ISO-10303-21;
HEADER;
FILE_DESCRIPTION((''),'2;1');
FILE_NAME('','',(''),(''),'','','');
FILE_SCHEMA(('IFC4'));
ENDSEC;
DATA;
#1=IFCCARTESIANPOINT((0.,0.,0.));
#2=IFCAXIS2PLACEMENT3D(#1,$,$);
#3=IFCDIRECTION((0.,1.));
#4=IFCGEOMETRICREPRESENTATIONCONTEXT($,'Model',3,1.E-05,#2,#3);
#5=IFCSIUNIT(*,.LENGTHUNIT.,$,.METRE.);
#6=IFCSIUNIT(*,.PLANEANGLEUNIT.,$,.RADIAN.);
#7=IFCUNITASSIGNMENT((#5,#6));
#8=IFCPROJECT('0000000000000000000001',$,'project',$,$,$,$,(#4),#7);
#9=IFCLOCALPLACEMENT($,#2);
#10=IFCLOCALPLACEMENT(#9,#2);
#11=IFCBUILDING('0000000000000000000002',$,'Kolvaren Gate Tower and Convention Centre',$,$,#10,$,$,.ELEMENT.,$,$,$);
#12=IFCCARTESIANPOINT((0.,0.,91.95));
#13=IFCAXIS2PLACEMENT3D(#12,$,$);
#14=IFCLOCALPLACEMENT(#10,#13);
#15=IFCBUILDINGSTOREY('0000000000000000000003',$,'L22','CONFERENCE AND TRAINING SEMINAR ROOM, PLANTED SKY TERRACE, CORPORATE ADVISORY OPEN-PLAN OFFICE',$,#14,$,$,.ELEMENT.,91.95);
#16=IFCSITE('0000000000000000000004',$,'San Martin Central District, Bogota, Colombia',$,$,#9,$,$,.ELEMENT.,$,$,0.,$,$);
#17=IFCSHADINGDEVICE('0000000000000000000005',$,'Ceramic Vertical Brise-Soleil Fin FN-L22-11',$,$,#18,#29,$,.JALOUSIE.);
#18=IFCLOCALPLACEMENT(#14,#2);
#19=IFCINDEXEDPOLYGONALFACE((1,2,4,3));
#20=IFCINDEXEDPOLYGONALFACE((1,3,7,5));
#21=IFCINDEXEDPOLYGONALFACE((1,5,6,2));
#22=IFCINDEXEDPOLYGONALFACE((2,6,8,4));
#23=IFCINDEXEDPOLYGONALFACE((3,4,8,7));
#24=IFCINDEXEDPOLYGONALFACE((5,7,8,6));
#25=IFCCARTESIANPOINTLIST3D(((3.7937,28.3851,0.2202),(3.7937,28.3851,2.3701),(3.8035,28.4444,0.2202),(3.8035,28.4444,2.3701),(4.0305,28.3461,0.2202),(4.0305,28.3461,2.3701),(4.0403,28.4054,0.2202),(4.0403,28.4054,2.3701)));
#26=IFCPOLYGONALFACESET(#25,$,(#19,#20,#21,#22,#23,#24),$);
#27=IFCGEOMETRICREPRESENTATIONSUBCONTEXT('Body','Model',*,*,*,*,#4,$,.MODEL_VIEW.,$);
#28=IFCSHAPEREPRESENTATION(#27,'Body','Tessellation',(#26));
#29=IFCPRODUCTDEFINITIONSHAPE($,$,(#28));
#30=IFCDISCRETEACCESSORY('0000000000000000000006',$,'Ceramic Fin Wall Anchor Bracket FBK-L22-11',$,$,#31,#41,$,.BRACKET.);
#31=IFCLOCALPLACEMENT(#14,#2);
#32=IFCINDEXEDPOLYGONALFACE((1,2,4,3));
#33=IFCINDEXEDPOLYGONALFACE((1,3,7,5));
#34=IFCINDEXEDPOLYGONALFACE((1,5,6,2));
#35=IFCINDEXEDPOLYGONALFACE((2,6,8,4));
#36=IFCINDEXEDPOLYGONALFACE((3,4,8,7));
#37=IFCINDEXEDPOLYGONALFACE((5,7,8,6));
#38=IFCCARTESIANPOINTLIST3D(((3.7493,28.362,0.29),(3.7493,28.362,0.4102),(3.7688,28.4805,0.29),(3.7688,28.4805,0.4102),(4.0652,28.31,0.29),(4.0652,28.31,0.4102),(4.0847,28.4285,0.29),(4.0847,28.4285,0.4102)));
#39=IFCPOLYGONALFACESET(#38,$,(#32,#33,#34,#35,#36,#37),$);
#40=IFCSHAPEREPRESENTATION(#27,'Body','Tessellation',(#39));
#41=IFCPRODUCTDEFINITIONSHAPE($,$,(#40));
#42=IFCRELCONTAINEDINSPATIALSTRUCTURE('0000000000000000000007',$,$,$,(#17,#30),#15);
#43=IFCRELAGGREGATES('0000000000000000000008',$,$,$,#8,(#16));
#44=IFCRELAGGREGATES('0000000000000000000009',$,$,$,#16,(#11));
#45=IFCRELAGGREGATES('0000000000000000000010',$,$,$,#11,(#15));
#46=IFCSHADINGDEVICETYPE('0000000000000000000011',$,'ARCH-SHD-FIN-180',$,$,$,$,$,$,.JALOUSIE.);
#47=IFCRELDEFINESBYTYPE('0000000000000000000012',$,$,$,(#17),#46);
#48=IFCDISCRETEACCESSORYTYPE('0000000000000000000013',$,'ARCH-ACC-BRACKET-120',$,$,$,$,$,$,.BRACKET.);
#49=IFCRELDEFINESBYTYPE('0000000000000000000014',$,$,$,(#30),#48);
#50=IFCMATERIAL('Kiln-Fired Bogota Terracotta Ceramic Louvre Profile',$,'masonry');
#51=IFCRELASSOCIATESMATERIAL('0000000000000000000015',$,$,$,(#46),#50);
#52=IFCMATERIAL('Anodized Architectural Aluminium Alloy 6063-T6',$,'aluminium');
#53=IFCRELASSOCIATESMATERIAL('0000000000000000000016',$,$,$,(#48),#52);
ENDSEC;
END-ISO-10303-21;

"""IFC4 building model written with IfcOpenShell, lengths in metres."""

from ifc_helpers import new_model, si_unit, direction, frame, origin, origin_2d, place, context, subcontext, project, spatial, rectangle, extrude, material, type_object, element, save


model = new_model("IFC4")

# Units and contexts
model_context = context("Model", 3, precision=1e-05, world=origin(), true_north=direction((0.0, 1.0)))
body_context = subcontext(model_context, "Body", "Model", "MODEL_VIEW")
ifc_project = project(units=[si_unit("LENGTHUNIT", "METRE"), si_unit("PLANEANGLEUNIT", "RADIAN")], contexts=[model_context])

# Site, building, storey
site_placement = place(None, origin())
site = spatial("IfcSite", under=ifc_project, at=site_placement, Name="San Martin Central District, Bogota, Colombia", CompositionType="ELEMENT", RefElevation=0.0)
building_placement = place(site_placement, origin())
building = spatial("IfcBuilding", under=site, at=building_placement, Name="Kolvaren Gate Tower and Convention Centre", CompositionType="ELEMENT")
storey_placement = place(building_placement, frame((0.0, 0.0, 91.95)))
storey = spatial("IfcBuildingStorey", under=building, at=storey_placement, Name="L22", Description="CONFERENCE AND TRAINING SEMINAR ROOM, PLANTED SKY TERRACE, CORPORATE ADVISORY OPEN-PLAN OFFICE", CompositionType="ELEMENT", Elevation=91.95)

# Shared definitions
ifc_material_1 = material(Name="Anodized Architectural Aluminium Alloy 6063-T6", Category="aluminium")

# Shading device
ifc_material_2 = material(Name="Kiln-Fired Bogota Terracotta Ceramic Louvre Profile", Category="masonry")
shading_device_type = type_object("IfcShadingDeviceType", Name="ARCH-SHD-FIN-180", PredefinedType="JALOUSIE", material=ifc_material_2)
shading_device_placement = place(storey_placement, frame((3.917, 28.3953, 0.2202), z_axis=(0.0, 0.0, 1.0), x_axis=(0.162375, 0.986729, 0.0)))
element("IfcShadingDevice", 1, at=shading_device_placement, inside=storey, type_object=shading_device_type, Name="Ceramic Vertical Brise-Soleil Fin FN-L22-11", PredefinedType="JALOUSIE", context=body_context, shape_type="SweptSolid", body=[
    extrude(rectangle(XDim=0.0601, YDim=0.24, at=origin_2d()), origin(), (0.0, 0.0, 1.0), 2.1499),
])

# Discrete accessory
discrete_accessory_type = type_object("IfcDiscreteAccessoryType", Name="ARCH-ACC-BRACKET-120", PredefinedType="BRACKET", material=ifc_material_1)
discrete_accessory_placement = place(storey_placement, frame((3.917, 28.3953, 0.29), z_axis=(0.0, 0.0, 1.0), x_axis=(0.162375, 0.986729, 0.0)))
element("IfcDiscreteAccessory", 2, at=discrete_accessory_placement, inside=storey, type_object=discrete_accessory_type, Name="Ceramic Fin Wall Anchor Bracket FBK-L22-11", PredefinedType="BRACKET", context=body_context, shape_type="SweptSolid", body=[
    extrude(rectangle(XDim=0.1201, YDim=0.3201, at=origin_2d()), origin(), (0.0, 0.0, 1.0), 0.1201),
])

save(model, "model.ifc")
